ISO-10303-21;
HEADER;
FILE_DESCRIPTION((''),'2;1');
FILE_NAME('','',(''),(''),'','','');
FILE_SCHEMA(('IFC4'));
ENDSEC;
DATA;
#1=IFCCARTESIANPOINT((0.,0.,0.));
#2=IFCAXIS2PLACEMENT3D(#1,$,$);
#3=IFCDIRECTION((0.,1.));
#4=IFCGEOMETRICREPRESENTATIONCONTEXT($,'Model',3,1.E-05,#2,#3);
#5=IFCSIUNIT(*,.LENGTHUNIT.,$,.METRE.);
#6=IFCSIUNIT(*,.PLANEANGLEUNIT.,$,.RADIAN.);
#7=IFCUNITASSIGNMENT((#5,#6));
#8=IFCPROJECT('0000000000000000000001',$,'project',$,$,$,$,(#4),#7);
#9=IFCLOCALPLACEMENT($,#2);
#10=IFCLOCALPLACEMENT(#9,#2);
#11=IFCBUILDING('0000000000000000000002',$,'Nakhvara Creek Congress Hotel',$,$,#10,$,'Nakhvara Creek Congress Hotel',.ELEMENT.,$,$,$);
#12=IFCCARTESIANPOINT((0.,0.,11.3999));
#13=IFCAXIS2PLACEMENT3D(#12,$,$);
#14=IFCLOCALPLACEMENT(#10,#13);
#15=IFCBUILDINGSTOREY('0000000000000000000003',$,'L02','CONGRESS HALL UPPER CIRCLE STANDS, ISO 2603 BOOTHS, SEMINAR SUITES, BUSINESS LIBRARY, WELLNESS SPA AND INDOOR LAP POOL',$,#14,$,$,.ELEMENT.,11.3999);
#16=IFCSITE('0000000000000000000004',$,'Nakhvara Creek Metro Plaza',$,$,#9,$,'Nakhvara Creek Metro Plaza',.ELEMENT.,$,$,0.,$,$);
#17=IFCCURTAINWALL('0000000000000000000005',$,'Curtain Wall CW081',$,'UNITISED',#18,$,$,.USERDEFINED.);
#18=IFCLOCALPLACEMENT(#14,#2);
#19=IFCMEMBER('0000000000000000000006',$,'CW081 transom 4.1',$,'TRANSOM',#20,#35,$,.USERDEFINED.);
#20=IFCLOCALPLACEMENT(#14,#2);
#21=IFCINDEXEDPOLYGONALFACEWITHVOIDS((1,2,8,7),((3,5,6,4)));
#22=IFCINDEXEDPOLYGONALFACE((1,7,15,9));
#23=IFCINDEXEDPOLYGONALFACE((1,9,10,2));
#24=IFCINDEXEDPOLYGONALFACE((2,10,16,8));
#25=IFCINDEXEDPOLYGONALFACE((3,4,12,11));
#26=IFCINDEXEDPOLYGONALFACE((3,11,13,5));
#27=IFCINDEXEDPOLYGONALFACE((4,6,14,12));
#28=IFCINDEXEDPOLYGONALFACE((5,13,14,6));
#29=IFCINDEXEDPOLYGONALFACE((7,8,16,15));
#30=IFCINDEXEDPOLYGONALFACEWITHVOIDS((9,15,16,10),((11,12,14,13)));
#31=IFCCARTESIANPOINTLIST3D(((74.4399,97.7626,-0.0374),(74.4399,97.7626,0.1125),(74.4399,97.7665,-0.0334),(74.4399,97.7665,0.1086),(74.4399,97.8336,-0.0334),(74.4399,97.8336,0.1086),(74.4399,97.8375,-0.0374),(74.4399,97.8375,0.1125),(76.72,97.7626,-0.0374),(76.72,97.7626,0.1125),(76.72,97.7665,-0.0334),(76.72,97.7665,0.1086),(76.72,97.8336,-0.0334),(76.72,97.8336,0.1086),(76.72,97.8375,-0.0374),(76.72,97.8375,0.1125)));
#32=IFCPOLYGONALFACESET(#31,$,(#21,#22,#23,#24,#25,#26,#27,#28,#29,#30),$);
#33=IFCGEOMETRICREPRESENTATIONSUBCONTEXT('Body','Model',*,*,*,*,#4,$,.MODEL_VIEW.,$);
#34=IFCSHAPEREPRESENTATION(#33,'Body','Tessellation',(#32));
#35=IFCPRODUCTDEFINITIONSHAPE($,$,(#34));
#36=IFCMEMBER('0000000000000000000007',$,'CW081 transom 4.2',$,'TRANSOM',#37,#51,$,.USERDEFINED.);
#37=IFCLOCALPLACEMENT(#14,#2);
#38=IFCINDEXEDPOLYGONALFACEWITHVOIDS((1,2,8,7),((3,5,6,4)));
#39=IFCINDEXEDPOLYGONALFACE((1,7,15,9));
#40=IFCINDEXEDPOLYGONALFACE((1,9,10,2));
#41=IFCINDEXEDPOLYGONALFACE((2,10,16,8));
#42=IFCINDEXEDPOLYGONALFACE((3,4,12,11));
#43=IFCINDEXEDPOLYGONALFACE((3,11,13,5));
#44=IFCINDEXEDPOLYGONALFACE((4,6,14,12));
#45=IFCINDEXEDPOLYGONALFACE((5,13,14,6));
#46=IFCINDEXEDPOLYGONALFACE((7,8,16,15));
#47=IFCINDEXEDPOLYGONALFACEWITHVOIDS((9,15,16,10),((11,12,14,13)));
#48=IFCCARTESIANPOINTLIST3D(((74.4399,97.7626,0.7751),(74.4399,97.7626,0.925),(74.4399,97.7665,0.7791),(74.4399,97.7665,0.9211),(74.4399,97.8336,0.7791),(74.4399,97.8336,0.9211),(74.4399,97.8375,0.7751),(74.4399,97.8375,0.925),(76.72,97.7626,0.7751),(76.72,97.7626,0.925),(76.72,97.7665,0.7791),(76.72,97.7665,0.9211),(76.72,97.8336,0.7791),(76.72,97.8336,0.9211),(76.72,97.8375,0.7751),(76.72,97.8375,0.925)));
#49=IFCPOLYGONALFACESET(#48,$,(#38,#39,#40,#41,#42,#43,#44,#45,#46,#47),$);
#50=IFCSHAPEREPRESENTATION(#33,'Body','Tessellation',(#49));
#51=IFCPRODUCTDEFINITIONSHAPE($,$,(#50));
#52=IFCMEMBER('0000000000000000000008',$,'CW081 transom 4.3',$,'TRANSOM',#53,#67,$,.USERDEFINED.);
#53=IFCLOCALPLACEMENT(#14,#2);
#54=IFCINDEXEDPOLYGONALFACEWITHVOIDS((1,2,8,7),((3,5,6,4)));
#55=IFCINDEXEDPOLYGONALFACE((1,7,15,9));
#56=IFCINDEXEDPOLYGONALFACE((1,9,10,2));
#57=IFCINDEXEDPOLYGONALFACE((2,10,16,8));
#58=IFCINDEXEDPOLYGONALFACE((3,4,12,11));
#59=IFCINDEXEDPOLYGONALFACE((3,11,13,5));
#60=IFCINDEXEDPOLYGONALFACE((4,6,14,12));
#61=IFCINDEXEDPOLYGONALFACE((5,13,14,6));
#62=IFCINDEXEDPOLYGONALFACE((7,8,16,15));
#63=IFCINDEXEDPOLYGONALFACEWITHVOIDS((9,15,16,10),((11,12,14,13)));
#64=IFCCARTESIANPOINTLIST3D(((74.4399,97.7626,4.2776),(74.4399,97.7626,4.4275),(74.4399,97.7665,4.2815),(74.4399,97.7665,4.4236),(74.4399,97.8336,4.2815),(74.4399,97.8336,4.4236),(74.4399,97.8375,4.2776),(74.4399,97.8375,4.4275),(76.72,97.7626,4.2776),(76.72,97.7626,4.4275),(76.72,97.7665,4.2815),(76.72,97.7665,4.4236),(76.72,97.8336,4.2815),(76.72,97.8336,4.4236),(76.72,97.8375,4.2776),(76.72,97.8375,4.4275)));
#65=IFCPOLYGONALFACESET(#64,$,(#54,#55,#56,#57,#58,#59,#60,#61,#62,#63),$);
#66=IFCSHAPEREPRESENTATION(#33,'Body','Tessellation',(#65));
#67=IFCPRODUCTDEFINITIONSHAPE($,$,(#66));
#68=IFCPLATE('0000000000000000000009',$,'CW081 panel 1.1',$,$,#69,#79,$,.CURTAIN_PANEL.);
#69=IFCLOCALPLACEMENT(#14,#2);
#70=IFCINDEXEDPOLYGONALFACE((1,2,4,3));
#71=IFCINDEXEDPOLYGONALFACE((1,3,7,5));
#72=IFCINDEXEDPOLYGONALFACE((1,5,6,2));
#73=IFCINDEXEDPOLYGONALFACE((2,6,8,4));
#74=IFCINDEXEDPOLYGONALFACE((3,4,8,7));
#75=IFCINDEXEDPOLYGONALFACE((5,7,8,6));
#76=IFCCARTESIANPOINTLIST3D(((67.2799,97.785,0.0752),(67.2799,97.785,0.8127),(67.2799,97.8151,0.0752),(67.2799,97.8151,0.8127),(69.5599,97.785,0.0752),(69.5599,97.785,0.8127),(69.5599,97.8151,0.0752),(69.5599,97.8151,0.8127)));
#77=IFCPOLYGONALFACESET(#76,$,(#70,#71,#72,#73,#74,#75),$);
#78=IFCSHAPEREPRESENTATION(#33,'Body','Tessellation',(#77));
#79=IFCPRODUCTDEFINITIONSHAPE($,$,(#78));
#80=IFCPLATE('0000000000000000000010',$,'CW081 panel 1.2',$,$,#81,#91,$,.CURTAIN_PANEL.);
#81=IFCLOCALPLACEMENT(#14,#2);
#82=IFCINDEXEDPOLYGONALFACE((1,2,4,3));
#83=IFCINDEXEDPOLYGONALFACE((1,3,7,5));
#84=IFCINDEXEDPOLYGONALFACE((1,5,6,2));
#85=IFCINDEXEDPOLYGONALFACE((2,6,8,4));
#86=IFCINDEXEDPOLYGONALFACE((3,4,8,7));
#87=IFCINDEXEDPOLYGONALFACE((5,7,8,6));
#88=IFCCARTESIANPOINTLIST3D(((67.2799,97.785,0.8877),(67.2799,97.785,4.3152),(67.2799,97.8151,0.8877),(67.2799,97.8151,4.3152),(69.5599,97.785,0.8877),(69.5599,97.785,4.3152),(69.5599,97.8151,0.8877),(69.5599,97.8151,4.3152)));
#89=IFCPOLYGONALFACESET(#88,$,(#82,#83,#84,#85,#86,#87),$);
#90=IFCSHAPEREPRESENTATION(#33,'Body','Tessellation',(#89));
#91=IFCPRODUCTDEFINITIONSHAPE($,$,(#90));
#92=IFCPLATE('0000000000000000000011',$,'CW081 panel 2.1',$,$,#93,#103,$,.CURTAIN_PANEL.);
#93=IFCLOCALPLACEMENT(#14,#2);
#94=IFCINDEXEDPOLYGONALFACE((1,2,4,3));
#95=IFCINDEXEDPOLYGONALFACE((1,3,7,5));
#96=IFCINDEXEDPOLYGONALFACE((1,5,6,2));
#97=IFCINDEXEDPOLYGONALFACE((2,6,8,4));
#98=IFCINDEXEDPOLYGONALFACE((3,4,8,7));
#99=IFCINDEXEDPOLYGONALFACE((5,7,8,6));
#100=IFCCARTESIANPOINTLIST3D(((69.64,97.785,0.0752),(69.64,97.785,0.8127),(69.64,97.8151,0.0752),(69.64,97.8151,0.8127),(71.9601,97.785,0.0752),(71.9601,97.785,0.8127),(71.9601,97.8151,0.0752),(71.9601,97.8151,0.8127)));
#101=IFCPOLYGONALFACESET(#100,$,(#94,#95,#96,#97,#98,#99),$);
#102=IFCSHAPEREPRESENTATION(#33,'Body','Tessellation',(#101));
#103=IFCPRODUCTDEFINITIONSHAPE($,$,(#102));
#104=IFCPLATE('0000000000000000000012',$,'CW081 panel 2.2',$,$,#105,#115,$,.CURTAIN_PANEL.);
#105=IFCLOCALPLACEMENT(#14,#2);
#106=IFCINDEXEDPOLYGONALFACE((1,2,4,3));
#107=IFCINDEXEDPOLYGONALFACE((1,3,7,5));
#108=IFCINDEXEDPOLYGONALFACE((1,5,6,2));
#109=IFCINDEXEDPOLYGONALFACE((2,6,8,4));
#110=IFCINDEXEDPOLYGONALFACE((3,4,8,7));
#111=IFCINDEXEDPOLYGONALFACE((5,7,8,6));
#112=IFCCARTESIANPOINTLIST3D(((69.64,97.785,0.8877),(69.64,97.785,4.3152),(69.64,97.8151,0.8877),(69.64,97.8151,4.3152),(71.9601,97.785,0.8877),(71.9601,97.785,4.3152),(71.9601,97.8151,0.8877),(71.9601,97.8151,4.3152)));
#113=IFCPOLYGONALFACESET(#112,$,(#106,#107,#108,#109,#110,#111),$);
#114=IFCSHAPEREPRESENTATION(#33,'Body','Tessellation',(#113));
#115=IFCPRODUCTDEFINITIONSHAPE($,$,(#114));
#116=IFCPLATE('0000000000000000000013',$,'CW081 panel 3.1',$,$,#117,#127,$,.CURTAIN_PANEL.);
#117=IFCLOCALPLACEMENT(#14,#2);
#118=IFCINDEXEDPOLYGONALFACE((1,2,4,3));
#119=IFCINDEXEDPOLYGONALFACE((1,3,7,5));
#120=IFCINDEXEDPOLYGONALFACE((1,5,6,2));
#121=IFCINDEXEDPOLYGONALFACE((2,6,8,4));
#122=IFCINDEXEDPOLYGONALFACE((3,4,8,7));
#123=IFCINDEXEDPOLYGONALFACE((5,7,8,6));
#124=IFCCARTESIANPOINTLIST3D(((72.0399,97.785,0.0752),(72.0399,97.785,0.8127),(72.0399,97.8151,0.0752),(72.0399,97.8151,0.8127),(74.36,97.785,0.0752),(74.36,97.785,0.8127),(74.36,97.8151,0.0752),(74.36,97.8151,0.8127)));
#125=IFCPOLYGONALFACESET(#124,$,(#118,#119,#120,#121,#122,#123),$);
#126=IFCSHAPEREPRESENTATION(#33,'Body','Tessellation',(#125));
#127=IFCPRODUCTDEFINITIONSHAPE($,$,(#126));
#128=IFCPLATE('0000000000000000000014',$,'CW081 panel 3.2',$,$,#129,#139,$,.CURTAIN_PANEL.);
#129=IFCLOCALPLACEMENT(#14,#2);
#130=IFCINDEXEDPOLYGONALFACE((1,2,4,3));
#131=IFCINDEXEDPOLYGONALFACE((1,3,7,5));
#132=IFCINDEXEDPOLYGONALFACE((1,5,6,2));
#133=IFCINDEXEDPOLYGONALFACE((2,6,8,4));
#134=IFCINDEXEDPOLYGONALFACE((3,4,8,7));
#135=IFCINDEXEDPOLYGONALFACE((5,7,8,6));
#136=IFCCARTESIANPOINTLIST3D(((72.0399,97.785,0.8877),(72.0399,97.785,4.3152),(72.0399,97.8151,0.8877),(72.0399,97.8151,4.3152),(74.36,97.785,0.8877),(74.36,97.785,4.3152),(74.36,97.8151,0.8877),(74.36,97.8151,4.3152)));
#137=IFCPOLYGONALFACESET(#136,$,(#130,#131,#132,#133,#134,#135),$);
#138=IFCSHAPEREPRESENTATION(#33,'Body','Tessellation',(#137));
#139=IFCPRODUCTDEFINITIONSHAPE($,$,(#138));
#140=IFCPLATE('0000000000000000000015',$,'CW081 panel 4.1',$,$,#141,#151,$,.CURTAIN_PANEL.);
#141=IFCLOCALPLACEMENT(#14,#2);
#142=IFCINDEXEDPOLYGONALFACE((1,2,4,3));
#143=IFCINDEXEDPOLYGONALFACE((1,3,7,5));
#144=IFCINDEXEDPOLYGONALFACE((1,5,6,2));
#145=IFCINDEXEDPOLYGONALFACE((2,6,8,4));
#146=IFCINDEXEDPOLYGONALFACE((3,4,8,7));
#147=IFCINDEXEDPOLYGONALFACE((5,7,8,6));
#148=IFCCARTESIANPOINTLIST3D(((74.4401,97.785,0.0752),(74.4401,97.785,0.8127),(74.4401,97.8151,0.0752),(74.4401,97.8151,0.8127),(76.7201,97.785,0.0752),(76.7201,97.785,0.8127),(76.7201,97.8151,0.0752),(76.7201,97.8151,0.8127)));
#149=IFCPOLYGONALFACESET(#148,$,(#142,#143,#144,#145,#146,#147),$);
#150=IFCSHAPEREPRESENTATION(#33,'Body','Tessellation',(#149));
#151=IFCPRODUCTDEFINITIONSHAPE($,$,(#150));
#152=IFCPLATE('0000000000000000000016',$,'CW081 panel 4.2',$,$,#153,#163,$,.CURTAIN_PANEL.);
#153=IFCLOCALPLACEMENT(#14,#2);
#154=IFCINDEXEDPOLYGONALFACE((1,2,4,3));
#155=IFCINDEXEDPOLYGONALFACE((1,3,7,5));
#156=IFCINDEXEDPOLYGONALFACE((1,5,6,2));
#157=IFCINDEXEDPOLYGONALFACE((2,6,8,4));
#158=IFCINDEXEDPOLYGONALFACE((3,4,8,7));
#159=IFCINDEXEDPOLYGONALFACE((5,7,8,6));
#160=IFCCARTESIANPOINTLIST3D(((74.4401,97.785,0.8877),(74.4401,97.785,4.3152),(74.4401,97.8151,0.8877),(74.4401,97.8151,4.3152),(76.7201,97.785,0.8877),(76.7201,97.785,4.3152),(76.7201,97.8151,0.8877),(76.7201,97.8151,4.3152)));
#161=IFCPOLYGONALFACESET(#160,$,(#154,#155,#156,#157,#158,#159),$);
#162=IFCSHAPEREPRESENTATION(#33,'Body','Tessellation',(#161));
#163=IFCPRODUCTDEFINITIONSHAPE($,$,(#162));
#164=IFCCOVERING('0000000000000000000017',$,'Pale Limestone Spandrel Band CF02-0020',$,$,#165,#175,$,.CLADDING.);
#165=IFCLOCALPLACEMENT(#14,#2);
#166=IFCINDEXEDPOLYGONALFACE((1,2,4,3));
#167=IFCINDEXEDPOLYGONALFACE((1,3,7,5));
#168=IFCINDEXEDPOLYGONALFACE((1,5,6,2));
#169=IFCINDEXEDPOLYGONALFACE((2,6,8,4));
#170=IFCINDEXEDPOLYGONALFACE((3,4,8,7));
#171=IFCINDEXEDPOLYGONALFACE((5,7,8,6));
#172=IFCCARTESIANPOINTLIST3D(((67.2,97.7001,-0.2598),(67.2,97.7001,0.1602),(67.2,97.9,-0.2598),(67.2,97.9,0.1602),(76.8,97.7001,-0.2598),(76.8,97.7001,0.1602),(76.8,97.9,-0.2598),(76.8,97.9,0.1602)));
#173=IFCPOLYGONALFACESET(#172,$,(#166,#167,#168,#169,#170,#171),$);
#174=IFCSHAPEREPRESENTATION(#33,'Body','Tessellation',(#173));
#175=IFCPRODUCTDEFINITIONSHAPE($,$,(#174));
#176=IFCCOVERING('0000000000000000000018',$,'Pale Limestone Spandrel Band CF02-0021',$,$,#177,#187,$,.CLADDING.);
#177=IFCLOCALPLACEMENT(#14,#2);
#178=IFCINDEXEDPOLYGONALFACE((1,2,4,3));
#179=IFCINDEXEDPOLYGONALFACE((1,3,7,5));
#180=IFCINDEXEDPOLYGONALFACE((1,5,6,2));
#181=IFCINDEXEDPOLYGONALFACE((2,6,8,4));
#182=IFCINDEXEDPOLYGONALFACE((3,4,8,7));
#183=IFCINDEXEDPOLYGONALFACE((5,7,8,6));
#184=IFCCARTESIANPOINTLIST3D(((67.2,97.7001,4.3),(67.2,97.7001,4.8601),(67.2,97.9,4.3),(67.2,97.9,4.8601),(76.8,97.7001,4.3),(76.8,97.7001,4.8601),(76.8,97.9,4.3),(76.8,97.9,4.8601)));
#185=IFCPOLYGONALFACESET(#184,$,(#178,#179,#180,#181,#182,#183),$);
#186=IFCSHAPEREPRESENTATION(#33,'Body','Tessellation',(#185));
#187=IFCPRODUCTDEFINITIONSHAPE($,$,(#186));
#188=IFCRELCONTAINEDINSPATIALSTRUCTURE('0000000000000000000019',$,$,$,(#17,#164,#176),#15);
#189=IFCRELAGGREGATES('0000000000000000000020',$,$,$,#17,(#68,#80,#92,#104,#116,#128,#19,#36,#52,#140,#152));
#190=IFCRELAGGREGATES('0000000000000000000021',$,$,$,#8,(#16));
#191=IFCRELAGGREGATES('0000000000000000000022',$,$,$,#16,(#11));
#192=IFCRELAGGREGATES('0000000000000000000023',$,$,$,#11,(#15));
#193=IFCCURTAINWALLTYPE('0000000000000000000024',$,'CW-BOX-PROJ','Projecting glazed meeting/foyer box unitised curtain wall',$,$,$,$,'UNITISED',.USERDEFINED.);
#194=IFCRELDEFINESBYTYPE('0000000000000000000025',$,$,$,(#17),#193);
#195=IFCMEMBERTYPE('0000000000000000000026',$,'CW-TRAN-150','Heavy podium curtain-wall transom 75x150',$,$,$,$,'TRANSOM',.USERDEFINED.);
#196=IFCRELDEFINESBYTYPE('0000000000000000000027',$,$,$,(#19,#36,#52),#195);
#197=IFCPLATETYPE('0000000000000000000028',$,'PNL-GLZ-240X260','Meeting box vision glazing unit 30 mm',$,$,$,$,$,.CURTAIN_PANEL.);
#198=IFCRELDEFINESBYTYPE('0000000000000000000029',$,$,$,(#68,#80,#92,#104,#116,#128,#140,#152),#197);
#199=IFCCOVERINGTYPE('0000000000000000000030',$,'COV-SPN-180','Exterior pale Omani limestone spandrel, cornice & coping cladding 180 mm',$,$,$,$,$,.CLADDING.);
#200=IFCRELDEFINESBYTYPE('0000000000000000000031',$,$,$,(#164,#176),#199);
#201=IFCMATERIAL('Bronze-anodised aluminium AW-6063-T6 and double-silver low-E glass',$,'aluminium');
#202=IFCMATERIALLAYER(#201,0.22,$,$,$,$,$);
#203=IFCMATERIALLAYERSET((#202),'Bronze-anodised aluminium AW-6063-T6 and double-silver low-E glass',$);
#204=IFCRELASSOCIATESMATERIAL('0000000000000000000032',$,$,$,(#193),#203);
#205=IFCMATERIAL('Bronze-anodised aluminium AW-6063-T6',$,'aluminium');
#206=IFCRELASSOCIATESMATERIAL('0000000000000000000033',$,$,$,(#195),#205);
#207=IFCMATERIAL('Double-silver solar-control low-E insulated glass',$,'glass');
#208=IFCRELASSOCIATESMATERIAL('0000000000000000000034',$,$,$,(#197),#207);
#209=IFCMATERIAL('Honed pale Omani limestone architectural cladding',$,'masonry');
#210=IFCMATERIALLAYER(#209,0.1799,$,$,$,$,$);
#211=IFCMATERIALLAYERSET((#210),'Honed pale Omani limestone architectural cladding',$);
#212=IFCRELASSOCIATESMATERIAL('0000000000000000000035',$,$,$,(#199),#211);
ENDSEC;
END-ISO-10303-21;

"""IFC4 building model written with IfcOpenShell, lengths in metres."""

from ifc_helpers import new_model, si_unit, direction, frame, origin, origin_2d, place, context, subcontext, project, spatial, rectangle, hollow_rectangle, extrude, material, layer, layer_set, material_profile, profile_set, type_object, element, aggregate, save


model = new_model("IFC4")

# Units and contexts
model_context = context("Model", 3, precision=1e-05, world=origin(), true_north=direction((0.0, 1.0)))
body_context = subcontext(model_context, "Body", "Model", "MODEL_VIEW")
ifc_project = project(units=[si_unit("LENGTHUNIT", "METRE"), si_unit("PLANEANGLEUNIT", "RADIAN")], contexts=[model_context])

# Site, building, storey
site_placement = place(None, origin())
site = spatial("IfcSite", under=ifc_project, at=site_placement, Name="Nakhvara Creek Metro Plaza", LongName="Nakhvara Creek Metro Plaza", CompositionType="ELEMENT", RefElevation=0.0)
building_placement = place(site_placement, origin())
building = spatial("IfcBuilding", under=site, at=building_placement, Name="Nakhvara Creek Congress Hotel", LongName="Nakhvara Creek Congress Hotel", CompositionType="ELEMENT")
storey_placement = place(building_placement, frame((0.0, 0.0, 11.3999)))
storey = spatial("IfcBuildingStorey", under=building, at=storey_placement, Name="L02", Description="CONGRESS HALL UPPER CIRCLE STANDS, ISO 2603 BOOTHS, SEMINAR SUITES, BUSINESS LIBRARY, WELLNESS SPA AND INDOOR LAP POOL", CompositionType="ELEMENT", Elevation=11.3999)

# Curtain wall, members, plates
ifc_material_1 = material(Name="Bronze-anodised aluminium AW-6063-T6 and double-silver low-E glass", Category="aluminium")
ifc_layer_1 = layer(ifc_material_1, 0.22)
ifc_layer_set_1 = layer_set([ifc_layer_1], Name="Bronze-anodised aluminium AW-6063-T6 and double-silver low-E glass")
curtain_wall_type = type_object("IfcCurtainWallType", Name="CW-BOX-PROJ", Description="Projecting glazed meeting/foyer box unitised curtain wall", ElementType="UNITISED", PredefinedType="USERDEFINED", material=ifc_layer_set_1)
curtain_wall_placement = place(storey_placement, origin())
curtain_wall = element("IfcCurtainWall", 1, at=curtain_wall_placement, inside=storey, type_object=curtain_wall_type, Name="Curtain Wall CW081", ObjectType="UNITISED", PredefinedType="USERDEFINED")
ifc_material_2 = material(Name="Bronze-anodised aluminium AW-6063-T6", Category="aluminium")
ifc_material_profile_1 = material_profile(ifc_material_2, hollow_rectangle(XDim=0.075, YDim=0.1499, WallThickness=0.0039, at=origin_2d()), Name="ALU-TRAN 75x150x4", Category="LoadBearing")
ifc_profile_set_1 = profile_set([ifc_material_profile_1], Name="Bronze-anodised aluminium AW-6063-T6")
member_type_1 = type_object("IfcMemberType", Name="CW-TRAN-150", Description="Heavy podium curtain-wall transom 75x150", ElementType="TRANSOM", PredefinedType="USERDEFINED", material=ifc_profile_set_1)
member_1_placement = place(storey_placement, frame((74.4399, 97.8, 0.0376), z_axis=(1.0, 0.0, 0.0), x_axis=(0.0, 1.0, 0.0)))
member_1 = element("IfcMember", 2, at=member_1_placement, type_object=member_type_1, Name="CW081 transom 4.1", ObjectType="TRANSOM", PredefinedType="USERDEFINED", context=body_context, shape_type="SweptSolid", body=[
    extrude(hollow_rectangle(XDim=0.075, YDim=0.1499, WallThickness=0.0039, at=origin_2d()), origin(), (0.0, 0.0, 1.0), 2.28),
])
member_2_placement = place(storey_placement, frame((74.4399, 97.8, 0.8501), z_axis=(1.0, 0.0, 0.0), x_axis=(0.0, 1.0, 0.0)))
member_2 = element("IfcMember", 3, at=member_2_placement, type_object=member_type_1, Name="CW081 transom 4.2", ObjectType="TRANSOM", PredefinedType="USERDEFINED", context=body_context, shape_type="SweptSolid", body=[
    extrude(hollow_rectangle(XDim=0.075, YDim=0.1499, WallThickness=0.0039, at=origin_2d()), origin(), (0.0, 0.0, 1.0), 2.28),
])
member_3_placement = place(storey_placement, frame((74.4399, 97.8, 4.3525), z_axis=(1.0, 0.0, 0.0), x_axis=(0.0, 1.0, 0.0)))
member_3 = element("IfcMember", 4, at=member_3_placement, type_object=member_type_1, Name="CW081 transom 4.3", ObjectType="TRANSOM", PredefinedType="USERDEFINED", context=body_context, shape_type="SweptSolid", body=[
    extrude(hollow_rectangle(XDim=0.075, YDim=0.1499, WallThickness=0.0039, at=origin_2d()), origin(), (0.0, 0.0, 1.0), 2.28),
])
ifc_material_3 = material(Name="Double-silver solar-control low-E insulated glass", Category="glass")
plate_type = type_object("IfcPlateType", Name="PNL-GLZ-240X260", Description="Meeting box vision glazing unit 30 mm", PredefinedType="CURTAIN_PANEL", material=ifc_material_3)
plate_1_placement = place(storey_placement, frame((68.4199, 97.8, 0.0752), z_axis=(0.0, 0.0, 1.0), x_axis=(1.0, 0.0, 0.0)))
plate_1 = element("IfcPlate", 5, at=plate_1_placement, type_object=plate_type, Name="CW081 panel 1.1", PredefinedType="CURTAIN_PANEL", context=body_context, shape_type="SweptSolid", body=[
    extrude(rectangle(XDim=2.28, YDim=0.03, at=origin_2d()), origin(), (0.0, 0.0, 1.0), 0.7375),
])
plate_2_placement = place(storey_placement, frame((68.4199, 97.8, 0.8877), z_axis=(0.0, 0.0, 1.0), x_axis=(1.0, 0.0, 0.0)))
plate_2 = element("IfcPlate", 6, at=plate_2_placement, type_object=plate_type, Name="CW081 panel 1.2", PredefinedType="CURTAIN_PANEL", context=body_context, shape_type="SweptSolid", body=[
    extrude(rectangle(XDim=2.28, YDim=0.03, at=origin_2d()), origin(), (0.0, 0.0, 1.0), 3.4275),
])
plate_3_placement = place(storey_placement, frame((70.8, 97.8, 0.0752), z_axis=(0.0, 0.0, 1.0), x_axis=(1.0, 0.0, 0.0)))
plate_3 = element("IfcPlate", 7, at=plate_3_placement, type_object=plate_type, Name="CW081 panel 2.1", PredefinedType="CURTAIN_PANEL", context=body_context, shape_type="SweptSolid", body=[
    extrude(rectangle(XDim=2.3201, YDim=0.03, at=origin_2d()), origin(), (0.0, 0.0, 1.0), 0.7375),
])
plate_4_placement = place(storey_placement, frame((70.8, 97.8, 0.8877), z_axis=(0.0, 0.0, 1.0), x_axis=(1.0, 0.0, 0.0)))
plate_4 = element("IfcPlate", 8, at=plate_4_placement, type_object=plate_type, Name="CW081 panel 2.2", PredefinedType="CURTAIN_PANEL", context=body_context, shape_type="SweptSolid", body=[
    extrude(rectangle(XDim=2.3201, YDim=0.03, at=origin_2d()), origin(), (0.0, 0.0, 1.0), 3.4275),
])
plate_5_placement = place(storey_placement, frame((73.2, 97.8, 0.0752), z_axis=(0.0, 0.0, 1.0), x_axis=(1.0, 0.0, 0.0)))
plate_5 = element("IfcPlate", 9, at=plate_5_placement, type_object=plate_type, Name="CW081 panel 3.1", PredefinedType="CURTAIN_PANEL", context=body_context, shape_type="SweptSolid", body=[
    extrude(rectangle(XDim=2.3201, YDim=0.03, at=origin_2d()), origin(), (0.0, 0.0, 1.0), 0.7375),
])
plate_6_placement = place(storey_placement, frame((73.2, 97.8, 0.8877), z_axis=(0.0, 0.0, 1.0), x_axis=(1.0, 0.0, 0.0)))
plate_6 = element("IfcPlate", 10, at=plate_6_placement, type_object=plate_type, Name="CW081 panel 3.2", PredefinedType="CURTAIN_PANEL", context=body_context, shape_type="SweptSolid", body=[
    extrude(rectangle(XDim=2.3201, YDim=0.03, at=origin_2d()), origin(), (0.0, 0.0, 1.0), 3.4275),
])
plate_7_placement = place(storey_placement, frame((75.5801, 97.8, 0.0752), z_axis=(0.0, 0.0, 1.0), x_axis=(1.0, 0.0, 0.0)))
plate_7 = element("IfcPlate", 11, at=plate_7_placement, type_object=plate_type, Name="CW081 panel 4.1", PredefinedType="CURTAIN_PANEL", context=body_context, shape_type="SweptSolid", body=[
    extrude(rectangle(XDim=2.28, YDim=0.03, at=origin_2d()), origin(), (0.0, 0.0, 1.0), 0.7375),
])
plate_8_placement = place(storey_placement, frame((75.5801, 97.8, 0.8877), z_axis=(0.0, 0.0, 1.0), x_axis=(1.0, 0.0, 0.0)))
plate_8 = element("IfcPlate", 12, at=plate_8_placement, type_object=plate_type, Name="CW081 panel 4.2", PredefinedType="CURTAIN_PANEL", context=body_context, shape_type="SweptSolid", body=[
    extrude(rectangle(XDim=2.28, YDim=0.03, at=origin_2d()), origin(), (0.0, 0.0, 1.0), 3.4275),
])
aggregate(curtain_wall, [plate_1, plate_2, plate_3, plate_4, plate_5, plate_6, member_1, member_2, member_3, plate_7, plate_8])

# Coverings
ifc_material_4 = material(Name="Honed pale Omani limestone architectural cladding", Category="masonry")
ifc_layer_2 = layer(ifc_material_4, 0.1799)
ifc_layer_set_2 = layer_set([ifc_layer_2], Name="Honed pale Omani limestone architectural cladding")
covering_type = type_object("IfcCoveringType", Name="COV-SPN-180", Description="Exterior pale Omani limestone spandrel, cornice & coping cladding 180 mm", PredefinedType="CLADDING", material=ifc_layer_set_2)
covering_1_placement = place(storey_placement, frame((72.0, 97.8, -0.2598), z_axis=(0.0, 0.0, 1.0), x_axis=(1.0, 0.0, 0.0)))
element("IfcCovering", 13, at=covering_1_placement, inside=storey, type_object=covering_type, Name="Pale Limestone Spandrel Band CF02-0020", PredefinedType="CLADDING", context=body_context, shape_type="SweptSolid", body=[
    extrude(rectangle(XDim=9.6001, YDim=0.2, at=origin_2d()), origin(), (0.0, 0.0, 1.0), 0.4199),
])
covering_2_placement = place(storey_placement, frame((72.0, 97.8, 4.3), z_axis=(0.0, 0.0, 1.0), x_axis=(1.0, 0.0, 0.0)))
element("IfcCovering", 14, at=covering_2_placement, inside=storey, type_object=covering_type, Name="Pale Limestone Spandrel Band CF02-0021", PredefinedType="CLADDING", context=body_context, shape_type="SweptSolid", body=[
    extrude(rectangle(XDim=9.6001, YDim=0.2, at=origin_2d()), origin(), (0.0, 0.0, 1.0), 0.5601),
])

save(model, "model.ifc")
